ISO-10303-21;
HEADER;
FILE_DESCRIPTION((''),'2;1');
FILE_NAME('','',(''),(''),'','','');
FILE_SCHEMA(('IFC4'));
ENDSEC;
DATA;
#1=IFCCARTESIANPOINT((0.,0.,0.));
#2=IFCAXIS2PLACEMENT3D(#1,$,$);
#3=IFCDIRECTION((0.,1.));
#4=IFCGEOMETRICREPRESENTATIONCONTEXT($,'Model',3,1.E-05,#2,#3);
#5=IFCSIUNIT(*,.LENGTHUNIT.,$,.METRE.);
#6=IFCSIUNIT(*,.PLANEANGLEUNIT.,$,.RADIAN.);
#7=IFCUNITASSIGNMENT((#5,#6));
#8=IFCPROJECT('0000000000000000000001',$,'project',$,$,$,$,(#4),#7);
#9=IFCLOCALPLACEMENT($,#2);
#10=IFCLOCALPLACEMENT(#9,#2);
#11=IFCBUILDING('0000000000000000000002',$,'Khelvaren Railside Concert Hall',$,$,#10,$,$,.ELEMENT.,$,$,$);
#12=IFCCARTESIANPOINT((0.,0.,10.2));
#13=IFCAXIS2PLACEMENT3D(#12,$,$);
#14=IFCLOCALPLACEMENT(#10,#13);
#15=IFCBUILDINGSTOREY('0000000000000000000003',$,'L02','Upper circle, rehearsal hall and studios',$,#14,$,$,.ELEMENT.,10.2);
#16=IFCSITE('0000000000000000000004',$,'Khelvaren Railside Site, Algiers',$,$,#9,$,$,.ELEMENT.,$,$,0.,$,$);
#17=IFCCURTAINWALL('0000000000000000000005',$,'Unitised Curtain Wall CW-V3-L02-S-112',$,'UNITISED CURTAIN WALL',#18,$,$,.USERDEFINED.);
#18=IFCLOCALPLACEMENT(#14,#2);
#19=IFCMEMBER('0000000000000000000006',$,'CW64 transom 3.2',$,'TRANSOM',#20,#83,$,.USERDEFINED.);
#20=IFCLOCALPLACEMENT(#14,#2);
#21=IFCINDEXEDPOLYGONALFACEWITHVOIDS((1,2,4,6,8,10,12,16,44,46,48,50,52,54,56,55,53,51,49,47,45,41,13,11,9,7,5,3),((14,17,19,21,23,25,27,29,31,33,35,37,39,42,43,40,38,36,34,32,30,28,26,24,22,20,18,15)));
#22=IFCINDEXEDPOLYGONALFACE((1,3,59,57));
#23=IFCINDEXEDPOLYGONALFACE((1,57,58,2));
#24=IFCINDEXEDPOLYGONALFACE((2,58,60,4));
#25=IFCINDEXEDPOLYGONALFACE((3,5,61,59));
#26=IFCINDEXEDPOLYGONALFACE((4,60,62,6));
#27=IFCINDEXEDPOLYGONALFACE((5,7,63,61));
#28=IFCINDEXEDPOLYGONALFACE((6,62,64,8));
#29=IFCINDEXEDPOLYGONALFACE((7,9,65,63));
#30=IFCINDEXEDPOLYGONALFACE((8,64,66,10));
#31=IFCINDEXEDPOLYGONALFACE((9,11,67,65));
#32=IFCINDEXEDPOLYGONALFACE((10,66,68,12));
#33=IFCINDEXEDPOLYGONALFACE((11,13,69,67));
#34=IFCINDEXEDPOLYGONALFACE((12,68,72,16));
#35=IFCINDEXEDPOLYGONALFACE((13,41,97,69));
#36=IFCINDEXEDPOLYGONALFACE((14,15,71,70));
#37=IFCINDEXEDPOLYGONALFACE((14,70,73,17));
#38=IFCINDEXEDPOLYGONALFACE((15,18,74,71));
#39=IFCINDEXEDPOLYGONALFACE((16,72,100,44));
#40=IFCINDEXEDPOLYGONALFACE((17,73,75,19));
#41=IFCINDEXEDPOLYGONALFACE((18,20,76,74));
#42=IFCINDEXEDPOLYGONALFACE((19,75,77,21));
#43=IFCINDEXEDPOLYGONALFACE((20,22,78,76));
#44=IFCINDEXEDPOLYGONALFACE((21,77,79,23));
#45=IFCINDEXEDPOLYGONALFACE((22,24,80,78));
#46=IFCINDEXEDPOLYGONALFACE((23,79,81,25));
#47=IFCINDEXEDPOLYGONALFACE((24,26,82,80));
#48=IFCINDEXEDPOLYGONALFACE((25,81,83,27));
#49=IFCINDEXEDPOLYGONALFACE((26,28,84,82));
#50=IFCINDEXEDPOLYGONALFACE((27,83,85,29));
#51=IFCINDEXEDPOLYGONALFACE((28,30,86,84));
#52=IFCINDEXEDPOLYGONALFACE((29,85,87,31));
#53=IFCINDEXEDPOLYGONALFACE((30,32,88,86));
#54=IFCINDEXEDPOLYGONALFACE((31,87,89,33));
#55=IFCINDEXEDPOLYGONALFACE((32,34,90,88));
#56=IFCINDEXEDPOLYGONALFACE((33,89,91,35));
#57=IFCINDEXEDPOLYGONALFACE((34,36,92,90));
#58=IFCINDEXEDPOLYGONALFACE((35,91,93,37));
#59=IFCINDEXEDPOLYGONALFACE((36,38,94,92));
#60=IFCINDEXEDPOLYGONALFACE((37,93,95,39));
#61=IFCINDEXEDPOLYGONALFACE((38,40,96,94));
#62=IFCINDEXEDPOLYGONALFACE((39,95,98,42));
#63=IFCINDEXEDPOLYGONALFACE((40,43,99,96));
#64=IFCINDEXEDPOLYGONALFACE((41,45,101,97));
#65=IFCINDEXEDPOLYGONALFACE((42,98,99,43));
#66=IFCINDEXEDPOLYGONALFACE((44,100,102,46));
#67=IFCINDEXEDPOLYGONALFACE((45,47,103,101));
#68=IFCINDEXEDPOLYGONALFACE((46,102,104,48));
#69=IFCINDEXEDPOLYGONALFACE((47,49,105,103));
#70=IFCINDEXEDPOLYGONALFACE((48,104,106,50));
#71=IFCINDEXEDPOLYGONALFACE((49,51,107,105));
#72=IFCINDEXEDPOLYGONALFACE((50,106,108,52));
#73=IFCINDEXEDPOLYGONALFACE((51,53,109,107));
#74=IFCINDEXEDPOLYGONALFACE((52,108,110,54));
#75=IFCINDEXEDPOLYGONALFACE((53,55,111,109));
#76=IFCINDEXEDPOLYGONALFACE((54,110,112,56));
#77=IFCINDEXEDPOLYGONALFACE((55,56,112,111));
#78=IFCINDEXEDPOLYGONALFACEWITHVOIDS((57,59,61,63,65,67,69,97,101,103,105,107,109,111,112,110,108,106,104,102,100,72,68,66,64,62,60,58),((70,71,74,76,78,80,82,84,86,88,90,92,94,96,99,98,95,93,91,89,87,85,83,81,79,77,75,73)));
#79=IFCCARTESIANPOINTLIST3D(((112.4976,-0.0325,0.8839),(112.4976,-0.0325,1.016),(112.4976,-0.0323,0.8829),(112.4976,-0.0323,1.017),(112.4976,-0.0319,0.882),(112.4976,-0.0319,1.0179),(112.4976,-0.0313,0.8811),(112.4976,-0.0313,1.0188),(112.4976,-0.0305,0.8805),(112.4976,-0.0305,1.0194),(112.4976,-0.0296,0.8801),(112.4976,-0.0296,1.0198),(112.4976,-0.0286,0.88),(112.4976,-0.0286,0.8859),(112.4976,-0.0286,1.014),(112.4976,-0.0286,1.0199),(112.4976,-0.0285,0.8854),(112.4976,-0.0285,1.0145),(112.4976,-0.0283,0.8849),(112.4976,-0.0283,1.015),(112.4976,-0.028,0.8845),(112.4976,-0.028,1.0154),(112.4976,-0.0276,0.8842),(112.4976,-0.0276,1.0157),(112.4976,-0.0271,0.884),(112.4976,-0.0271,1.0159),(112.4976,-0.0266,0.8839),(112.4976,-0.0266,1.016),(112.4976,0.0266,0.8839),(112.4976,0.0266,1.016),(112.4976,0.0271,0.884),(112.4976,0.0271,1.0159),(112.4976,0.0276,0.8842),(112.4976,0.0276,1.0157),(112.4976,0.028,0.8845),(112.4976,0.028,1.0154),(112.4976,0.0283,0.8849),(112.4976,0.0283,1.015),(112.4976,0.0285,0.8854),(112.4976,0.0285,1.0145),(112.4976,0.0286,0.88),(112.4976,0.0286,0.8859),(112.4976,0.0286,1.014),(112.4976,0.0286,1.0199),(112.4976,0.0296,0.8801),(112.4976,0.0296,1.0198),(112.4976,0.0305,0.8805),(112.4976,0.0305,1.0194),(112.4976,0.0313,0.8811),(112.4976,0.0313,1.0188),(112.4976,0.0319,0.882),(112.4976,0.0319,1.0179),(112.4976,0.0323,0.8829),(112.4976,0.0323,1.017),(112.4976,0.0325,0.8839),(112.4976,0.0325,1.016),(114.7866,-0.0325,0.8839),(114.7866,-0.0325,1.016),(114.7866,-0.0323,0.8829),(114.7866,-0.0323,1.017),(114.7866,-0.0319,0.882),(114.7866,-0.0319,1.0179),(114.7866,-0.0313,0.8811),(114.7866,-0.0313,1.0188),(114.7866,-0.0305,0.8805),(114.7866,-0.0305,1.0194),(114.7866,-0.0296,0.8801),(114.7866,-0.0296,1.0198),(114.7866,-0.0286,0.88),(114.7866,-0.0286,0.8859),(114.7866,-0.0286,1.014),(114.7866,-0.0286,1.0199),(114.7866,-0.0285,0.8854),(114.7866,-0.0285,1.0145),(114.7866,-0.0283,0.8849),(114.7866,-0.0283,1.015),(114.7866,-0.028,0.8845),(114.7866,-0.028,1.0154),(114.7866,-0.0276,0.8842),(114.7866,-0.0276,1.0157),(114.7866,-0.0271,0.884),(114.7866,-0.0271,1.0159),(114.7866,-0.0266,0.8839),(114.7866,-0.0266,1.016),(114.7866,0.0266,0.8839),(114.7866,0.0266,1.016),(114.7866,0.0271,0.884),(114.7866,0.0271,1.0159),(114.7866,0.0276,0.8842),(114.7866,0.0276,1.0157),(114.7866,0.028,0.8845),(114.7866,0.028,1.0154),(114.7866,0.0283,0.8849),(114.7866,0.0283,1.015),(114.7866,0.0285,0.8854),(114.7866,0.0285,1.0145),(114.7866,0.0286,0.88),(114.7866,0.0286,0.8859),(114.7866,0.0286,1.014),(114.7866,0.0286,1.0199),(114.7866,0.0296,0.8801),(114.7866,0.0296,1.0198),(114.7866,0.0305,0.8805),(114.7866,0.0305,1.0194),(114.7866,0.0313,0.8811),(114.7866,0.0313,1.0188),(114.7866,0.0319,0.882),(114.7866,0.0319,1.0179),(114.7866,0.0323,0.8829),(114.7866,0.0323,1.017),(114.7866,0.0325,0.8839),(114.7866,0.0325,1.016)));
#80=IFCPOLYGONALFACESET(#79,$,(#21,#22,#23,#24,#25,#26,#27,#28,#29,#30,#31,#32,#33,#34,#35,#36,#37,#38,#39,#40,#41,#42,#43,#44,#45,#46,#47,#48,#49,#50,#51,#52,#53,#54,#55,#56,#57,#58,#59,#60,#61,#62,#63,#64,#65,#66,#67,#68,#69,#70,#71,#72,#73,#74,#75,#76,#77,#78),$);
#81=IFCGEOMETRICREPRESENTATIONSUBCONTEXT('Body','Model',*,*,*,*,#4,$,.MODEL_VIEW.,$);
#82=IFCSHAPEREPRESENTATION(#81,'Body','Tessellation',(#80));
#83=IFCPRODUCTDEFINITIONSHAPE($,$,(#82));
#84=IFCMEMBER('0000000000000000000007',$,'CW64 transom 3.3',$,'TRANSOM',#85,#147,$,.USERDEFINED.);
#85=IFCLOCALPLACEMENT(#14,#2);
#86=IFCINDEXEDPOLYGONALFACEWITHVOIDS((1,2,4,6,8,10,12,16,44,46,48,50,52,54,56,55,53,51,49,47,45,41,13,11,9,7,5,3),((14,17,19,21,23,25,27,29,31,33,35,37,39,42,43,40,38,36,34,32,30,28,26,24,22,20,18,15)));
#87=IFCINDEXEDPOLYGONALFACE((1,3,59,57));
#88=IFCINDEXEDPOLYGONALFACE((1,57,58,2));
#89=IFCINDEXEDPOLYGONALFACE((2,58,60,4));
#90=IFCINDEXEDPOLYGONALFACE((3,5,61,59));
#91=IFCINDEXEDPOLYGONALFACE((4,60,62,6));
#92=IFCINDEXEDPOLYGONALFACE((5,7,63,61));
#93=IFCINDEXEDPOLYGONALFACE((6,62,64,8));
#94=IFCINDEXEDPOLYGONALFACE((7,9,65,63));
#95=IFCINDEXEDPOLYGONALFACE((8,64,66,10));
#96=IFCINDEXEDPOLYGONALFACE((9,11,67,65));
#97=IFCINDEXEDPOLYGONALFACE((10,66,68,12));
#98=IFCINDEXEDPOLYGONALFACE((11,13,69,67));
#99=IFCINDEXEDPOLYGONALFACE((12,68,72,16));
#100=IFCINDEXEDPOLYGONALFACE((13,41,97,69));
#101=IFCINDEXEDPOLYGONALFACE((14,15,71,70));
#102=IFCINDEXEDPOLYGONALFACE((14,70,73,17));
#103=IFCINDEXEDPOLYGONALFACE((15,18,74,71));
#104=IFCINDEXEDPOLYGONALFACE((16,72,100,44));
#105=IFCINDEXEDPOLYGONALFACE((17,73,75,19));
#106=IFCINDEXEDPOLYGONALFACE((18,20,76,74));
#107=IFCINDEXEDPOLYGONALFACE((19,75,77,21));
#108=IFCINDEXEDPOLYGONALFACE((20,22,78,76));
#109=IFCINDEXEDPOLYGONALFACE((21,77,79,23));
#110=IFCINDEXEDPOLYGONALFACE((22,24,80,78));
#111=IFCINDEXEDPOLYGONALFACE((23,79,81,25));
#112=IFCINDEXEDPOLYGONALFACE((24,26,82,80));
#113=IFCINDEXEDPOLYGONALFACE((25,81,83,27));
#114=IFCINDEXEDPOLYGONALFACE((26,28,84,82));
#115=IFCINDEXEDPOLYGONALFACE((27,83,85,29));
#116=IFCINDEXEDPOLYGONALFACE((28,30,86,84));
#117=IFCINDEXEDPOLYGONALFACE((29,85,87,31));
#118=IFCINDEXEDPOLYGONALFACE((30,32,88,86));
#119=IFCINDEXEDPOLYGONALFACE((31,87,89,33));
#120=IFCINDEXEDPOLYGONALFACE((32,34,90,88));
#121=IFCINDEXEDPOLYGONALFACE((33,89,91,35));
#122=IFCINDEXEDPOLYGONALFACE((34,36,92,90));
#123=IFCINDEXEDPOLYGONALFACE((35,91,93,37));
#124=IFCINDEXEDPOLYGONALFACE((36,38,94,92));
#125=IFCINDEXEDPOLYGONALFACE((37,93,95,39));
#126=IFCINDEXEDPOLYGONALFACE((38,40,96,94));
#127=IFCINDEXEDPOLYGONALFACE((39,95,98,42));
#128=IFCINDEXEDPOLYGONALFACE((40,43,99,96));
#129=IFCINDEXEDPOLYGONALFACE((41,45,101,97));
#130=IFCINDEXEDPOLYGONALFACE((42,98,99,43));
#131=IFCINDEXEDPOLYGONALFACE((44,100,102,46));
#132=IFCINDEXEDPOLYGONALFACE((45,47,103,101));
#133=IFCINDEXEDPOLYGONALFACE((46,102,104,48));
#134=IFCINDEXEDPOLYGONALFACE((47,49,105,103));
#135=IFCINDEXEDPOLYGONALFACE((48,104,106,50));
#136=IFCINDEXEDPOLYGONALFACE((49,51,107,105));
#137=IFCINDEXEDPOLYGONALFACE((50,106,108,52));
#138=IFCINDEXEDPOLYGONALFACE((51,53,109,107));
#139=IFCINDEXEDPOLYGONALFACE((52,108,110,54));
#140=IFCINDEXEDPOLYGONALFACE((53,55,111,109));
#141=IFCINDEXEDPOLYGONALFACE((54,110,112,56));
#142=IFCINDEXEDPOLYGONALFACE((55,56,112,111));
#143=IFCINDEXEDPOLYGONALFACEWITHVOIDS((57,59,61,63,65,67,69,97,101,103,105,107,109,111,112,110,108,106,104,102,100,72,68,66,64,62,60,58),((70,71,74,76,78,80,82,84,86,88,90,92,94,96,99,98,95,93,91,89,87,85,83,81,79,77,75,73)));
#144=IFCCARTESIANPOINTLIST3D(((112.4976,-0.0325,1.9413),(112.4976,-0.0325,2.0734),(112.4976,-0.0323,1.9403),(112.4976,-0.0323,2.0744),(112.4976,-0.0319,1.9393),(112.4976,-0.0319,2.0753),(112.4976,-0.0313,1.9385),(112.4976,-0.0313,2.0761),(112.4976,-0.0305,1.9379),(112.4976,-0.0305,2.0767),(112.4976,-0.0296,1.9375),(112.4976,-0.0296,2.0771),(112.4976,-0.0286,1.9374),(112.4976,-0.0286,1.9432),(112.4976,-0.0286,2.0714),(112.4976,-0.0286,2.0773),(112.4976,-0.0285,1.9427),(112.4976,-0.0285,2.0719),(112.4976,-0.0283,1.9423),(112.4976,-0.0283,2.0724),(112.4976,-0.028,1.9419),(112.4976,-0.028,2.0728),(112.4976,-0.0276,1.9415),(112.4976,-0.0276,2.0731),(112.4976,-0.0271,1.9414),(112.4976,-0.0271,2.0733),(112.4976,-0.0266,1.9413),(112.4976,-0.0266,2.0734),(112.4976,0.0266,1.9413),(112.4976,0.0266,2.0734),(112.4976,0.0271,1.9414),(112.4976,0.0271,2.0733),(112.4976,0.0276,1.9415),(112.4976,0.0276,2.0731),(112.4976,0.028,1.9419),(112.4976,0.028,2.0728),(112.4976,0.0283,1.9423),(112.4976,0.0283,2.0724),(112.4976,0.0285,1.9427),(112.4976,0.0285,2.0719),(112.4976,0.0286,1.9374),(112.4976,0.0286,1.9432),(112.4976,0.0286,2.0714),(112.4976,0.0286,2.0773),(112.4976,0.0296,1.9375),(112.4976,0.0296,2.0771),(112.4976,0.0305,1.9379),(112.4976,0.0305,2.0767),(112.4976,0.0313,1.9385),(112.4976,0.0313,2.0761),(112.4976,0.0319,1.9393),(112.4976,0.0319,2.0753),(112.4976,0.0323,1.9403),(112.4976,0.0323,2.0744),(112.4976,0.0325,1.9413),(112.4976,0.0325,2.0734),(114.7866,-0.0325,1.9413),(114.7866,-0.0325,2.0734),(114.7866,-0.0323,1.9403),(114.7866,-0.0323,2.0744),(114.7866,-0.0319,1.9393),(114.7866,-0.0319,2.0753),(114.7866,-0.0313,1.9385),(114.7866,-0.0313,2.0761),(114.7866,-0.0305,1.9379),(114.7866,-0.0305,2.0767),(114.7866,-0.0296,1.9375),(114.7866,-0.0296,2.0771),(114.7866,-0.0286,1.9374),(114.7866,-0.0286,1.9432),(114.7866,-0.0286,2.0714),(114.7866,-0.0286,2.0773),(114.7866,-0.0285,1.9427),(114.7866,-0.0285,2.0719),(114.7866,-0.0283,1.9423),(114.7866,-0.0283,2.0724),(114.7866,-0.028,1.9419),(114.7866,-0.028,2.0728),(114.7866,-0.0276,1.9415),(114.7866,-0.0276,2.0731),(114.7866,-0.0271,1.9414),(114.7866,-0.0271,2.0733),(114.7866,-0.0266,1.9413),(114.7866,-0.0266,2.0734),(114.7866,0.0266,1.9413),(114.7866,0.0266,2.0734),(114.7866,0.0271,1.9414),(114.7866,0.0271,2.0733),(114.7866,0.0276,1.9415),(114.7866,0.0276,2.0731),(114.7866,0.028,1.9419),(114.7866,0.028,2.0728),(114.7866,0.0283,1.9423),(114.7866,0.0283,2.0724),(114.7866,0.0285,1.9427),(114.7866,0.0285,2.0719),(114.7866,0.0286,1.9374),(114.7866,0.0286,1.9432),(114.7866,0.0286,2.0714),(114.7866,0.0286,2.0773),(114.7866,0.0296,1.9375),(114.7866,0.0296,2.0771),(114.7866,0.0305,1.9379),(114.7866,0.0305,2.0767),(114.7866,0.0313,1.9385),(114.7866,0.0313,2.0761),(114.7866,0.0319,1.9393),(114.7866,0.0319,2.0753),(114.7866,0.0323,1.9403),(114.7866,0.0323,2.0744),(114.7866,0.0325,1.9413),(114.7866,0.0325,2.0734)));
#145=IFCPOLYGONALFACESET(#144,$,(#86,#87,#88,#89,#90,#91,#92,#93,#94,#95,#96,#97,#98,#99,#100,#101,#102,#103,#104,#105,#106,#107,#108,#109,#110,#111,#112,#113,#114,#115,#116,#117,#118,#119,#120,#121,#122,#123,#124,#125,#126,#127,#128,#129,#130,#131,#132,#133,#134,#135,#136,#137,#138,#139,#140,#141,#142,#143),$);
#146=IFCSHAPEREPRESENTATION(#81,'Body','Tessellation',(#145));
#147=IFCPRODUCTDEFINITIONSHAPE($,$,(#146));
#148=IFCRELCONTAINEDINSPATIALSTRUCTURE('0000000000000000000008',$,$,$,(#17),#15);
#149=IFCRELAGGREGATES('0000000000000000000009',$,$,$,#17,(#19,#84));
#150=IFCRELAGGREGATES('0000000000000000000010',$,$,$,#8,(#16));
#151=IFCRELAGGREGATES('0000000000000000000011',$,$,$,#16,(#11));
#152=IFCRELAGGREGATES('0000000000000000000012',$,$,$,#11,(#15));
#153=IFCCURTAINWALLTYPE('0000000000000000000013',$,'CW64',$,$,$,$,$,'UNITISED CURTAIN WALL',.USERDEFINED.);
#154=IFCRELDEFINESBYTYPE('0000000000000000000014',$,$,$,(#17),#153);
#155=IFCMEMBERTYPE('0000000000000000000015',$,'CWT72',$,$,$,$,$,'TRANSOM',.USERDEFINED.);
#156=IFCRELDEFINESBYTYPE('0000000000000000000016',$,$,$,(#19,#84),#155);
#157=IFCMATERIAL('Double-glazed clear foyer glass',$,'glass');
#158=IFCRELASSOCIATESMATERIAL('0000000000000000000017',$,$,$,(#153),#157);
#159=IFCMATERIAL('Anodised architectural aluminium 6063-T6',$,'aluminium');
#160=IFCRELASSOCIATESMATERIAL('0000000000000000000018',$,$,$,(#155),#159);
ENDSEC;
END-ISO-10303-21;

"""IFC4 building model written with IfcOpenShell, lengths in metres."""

from ifc_helpers import new_model, si_unit, direction, frame, origin, origin_2d, place, context, subcontext, project, spatial, hollow_rectangle, extrude, material, material_profile, profile_set, type_object, element, aggregate, save


model = new_model("IFC4")

# Units and contexts
model_context = context("Model", 3, precision=1e-05, world=origin(), true_north=direction((0.0, 1.0)))
body_context = subcontext(model_context, "Body", "Model", "MODEL_VIEW")
ifc_project = project(units=[si_unit("LENGTHUNIT", "METRE"), si_unit("PLANEANGLEUNIT", "RADIAN")], contexts=[model_context])

# Site, building, storey
site_placement = place(None, origin())
site = spatial("IfcSite", under=ifc_project, at=site_placement, Name="Khelvaren Railside Site, Algiers", CompositionType="ELEMENT", RefElevation=0.0)
building_placement = place(site_placement, origin())
building = spatial("IfcBuilding", under=site, at=building_placement, Name="Khelvaren Railside Concert Hall", CompositionType="ELEMENT")
storey_placement = place(building_placement, frame((0.0, 0.0, 10.2)))
storey = spatial("IfcBuildingStorey", under=building, at=storey_placement, Name="L02", Description="Upper circle, rehearsal hall and studios", CompositionType="ELEMENT", Elevation=10.2)

# Shared definitions
ifc_material_1 = material(Name="Double-glazed clear foyer glass", Category="glass")
ifc_material_2 = material(Name="Anodised architectural aluminium 6063-T6", Category="aluminium")

# Curtain wall
curtain_wall_type_1 = type_object("IfcCurtainWallType", Name="CW64", ElementType="UNITISED CURTAIN WALL", PredefinedType="USERDEFINED", material=ifc_material_1)
curtain_wall_1_placement = place(storey_placement, origin())
curtain_wall_1 = element("IfcCurtainWall", 1, at=curtain_wall_1_placement, inside=storey, type_object=curtain_wall_type_1, Name="Unitised Curtain Wall CW-V3-L02-S-112", ObjectType="UNITISED CURTAIN WALL", PredefinedType="USERDEFINED")

# Members
ifc_material_profile_1 = material_profile(ifc_material_2, hollow_rectangle(XDim=0.0649, YDim=0.1399, WallThickness=0.0039, InnerFilletRadius=0.002, OuterFilletRadius=0.0039, at=origin_2d()), Name="CWT 65x140x4")
ifc_profile_set_1 = profile_set([ifc_material_profile_1], Name="Anodised architectural aluminium 6063-T6")
member_type_1 = type_object("IfcMemberType", Name="CWT72", ElementType="TRANSOM", PredefinedType="USERDEFINED", material=ifc_profile_set_1)
member_1_placement = place(storey_placement, frame((114.7866, 0.0, 0.95), z_axis=(-1.0, 0.0, 0.0), x_axis=(0.0, -1.0, 0.0)))
member_1 = element("IfcMember", 2, at=member_1_placement, type_object=member_type_1, Name="CW64 transom 3.2", ObjectType="TRANSOM", PredefinedType="USERDEFINED", context=body_context, shape_type="SweptSolid", body=[
    extrude(hollow_rectangle(XDim=0.0649, YDim=0.1399, WallThickness=0.0039, InnerFilletRadius=0.002, OuterFilletRadius=0.0039, at=origin_2d()), origin(), (0.0, 0.0, 1.0), 2.2891),
])
member_2_placement = place(storey_placement, frame((114.7866, 0.0, 2.0073), z_axis=(-1.0, 0.0, 0.0), x_axis=(0.0, -1.0, 0.0)))
member_2 = element("IfcMember", 3, at=member_2_placement, type_object=member_type_1, Name="CW64 transom 3.3", ObjectType="TRANSOM", PredefinedType="USERDEFINED", context=body_context, shape_type="SweptSolid", body=[
    extrude(hollow_rectangle(XDim=0.0649, YDim=0.1399, WallThickness=0.0039, InnerFilletRadius=0.002, OuterFilletRadius=0.0039, at=origin_2d()), origin(), (0.0, 0.0, 1.0), 2.2891),
])

aggregate(curtain_wall_1, [member_1, member_2])

save(model, "model.ifc")
